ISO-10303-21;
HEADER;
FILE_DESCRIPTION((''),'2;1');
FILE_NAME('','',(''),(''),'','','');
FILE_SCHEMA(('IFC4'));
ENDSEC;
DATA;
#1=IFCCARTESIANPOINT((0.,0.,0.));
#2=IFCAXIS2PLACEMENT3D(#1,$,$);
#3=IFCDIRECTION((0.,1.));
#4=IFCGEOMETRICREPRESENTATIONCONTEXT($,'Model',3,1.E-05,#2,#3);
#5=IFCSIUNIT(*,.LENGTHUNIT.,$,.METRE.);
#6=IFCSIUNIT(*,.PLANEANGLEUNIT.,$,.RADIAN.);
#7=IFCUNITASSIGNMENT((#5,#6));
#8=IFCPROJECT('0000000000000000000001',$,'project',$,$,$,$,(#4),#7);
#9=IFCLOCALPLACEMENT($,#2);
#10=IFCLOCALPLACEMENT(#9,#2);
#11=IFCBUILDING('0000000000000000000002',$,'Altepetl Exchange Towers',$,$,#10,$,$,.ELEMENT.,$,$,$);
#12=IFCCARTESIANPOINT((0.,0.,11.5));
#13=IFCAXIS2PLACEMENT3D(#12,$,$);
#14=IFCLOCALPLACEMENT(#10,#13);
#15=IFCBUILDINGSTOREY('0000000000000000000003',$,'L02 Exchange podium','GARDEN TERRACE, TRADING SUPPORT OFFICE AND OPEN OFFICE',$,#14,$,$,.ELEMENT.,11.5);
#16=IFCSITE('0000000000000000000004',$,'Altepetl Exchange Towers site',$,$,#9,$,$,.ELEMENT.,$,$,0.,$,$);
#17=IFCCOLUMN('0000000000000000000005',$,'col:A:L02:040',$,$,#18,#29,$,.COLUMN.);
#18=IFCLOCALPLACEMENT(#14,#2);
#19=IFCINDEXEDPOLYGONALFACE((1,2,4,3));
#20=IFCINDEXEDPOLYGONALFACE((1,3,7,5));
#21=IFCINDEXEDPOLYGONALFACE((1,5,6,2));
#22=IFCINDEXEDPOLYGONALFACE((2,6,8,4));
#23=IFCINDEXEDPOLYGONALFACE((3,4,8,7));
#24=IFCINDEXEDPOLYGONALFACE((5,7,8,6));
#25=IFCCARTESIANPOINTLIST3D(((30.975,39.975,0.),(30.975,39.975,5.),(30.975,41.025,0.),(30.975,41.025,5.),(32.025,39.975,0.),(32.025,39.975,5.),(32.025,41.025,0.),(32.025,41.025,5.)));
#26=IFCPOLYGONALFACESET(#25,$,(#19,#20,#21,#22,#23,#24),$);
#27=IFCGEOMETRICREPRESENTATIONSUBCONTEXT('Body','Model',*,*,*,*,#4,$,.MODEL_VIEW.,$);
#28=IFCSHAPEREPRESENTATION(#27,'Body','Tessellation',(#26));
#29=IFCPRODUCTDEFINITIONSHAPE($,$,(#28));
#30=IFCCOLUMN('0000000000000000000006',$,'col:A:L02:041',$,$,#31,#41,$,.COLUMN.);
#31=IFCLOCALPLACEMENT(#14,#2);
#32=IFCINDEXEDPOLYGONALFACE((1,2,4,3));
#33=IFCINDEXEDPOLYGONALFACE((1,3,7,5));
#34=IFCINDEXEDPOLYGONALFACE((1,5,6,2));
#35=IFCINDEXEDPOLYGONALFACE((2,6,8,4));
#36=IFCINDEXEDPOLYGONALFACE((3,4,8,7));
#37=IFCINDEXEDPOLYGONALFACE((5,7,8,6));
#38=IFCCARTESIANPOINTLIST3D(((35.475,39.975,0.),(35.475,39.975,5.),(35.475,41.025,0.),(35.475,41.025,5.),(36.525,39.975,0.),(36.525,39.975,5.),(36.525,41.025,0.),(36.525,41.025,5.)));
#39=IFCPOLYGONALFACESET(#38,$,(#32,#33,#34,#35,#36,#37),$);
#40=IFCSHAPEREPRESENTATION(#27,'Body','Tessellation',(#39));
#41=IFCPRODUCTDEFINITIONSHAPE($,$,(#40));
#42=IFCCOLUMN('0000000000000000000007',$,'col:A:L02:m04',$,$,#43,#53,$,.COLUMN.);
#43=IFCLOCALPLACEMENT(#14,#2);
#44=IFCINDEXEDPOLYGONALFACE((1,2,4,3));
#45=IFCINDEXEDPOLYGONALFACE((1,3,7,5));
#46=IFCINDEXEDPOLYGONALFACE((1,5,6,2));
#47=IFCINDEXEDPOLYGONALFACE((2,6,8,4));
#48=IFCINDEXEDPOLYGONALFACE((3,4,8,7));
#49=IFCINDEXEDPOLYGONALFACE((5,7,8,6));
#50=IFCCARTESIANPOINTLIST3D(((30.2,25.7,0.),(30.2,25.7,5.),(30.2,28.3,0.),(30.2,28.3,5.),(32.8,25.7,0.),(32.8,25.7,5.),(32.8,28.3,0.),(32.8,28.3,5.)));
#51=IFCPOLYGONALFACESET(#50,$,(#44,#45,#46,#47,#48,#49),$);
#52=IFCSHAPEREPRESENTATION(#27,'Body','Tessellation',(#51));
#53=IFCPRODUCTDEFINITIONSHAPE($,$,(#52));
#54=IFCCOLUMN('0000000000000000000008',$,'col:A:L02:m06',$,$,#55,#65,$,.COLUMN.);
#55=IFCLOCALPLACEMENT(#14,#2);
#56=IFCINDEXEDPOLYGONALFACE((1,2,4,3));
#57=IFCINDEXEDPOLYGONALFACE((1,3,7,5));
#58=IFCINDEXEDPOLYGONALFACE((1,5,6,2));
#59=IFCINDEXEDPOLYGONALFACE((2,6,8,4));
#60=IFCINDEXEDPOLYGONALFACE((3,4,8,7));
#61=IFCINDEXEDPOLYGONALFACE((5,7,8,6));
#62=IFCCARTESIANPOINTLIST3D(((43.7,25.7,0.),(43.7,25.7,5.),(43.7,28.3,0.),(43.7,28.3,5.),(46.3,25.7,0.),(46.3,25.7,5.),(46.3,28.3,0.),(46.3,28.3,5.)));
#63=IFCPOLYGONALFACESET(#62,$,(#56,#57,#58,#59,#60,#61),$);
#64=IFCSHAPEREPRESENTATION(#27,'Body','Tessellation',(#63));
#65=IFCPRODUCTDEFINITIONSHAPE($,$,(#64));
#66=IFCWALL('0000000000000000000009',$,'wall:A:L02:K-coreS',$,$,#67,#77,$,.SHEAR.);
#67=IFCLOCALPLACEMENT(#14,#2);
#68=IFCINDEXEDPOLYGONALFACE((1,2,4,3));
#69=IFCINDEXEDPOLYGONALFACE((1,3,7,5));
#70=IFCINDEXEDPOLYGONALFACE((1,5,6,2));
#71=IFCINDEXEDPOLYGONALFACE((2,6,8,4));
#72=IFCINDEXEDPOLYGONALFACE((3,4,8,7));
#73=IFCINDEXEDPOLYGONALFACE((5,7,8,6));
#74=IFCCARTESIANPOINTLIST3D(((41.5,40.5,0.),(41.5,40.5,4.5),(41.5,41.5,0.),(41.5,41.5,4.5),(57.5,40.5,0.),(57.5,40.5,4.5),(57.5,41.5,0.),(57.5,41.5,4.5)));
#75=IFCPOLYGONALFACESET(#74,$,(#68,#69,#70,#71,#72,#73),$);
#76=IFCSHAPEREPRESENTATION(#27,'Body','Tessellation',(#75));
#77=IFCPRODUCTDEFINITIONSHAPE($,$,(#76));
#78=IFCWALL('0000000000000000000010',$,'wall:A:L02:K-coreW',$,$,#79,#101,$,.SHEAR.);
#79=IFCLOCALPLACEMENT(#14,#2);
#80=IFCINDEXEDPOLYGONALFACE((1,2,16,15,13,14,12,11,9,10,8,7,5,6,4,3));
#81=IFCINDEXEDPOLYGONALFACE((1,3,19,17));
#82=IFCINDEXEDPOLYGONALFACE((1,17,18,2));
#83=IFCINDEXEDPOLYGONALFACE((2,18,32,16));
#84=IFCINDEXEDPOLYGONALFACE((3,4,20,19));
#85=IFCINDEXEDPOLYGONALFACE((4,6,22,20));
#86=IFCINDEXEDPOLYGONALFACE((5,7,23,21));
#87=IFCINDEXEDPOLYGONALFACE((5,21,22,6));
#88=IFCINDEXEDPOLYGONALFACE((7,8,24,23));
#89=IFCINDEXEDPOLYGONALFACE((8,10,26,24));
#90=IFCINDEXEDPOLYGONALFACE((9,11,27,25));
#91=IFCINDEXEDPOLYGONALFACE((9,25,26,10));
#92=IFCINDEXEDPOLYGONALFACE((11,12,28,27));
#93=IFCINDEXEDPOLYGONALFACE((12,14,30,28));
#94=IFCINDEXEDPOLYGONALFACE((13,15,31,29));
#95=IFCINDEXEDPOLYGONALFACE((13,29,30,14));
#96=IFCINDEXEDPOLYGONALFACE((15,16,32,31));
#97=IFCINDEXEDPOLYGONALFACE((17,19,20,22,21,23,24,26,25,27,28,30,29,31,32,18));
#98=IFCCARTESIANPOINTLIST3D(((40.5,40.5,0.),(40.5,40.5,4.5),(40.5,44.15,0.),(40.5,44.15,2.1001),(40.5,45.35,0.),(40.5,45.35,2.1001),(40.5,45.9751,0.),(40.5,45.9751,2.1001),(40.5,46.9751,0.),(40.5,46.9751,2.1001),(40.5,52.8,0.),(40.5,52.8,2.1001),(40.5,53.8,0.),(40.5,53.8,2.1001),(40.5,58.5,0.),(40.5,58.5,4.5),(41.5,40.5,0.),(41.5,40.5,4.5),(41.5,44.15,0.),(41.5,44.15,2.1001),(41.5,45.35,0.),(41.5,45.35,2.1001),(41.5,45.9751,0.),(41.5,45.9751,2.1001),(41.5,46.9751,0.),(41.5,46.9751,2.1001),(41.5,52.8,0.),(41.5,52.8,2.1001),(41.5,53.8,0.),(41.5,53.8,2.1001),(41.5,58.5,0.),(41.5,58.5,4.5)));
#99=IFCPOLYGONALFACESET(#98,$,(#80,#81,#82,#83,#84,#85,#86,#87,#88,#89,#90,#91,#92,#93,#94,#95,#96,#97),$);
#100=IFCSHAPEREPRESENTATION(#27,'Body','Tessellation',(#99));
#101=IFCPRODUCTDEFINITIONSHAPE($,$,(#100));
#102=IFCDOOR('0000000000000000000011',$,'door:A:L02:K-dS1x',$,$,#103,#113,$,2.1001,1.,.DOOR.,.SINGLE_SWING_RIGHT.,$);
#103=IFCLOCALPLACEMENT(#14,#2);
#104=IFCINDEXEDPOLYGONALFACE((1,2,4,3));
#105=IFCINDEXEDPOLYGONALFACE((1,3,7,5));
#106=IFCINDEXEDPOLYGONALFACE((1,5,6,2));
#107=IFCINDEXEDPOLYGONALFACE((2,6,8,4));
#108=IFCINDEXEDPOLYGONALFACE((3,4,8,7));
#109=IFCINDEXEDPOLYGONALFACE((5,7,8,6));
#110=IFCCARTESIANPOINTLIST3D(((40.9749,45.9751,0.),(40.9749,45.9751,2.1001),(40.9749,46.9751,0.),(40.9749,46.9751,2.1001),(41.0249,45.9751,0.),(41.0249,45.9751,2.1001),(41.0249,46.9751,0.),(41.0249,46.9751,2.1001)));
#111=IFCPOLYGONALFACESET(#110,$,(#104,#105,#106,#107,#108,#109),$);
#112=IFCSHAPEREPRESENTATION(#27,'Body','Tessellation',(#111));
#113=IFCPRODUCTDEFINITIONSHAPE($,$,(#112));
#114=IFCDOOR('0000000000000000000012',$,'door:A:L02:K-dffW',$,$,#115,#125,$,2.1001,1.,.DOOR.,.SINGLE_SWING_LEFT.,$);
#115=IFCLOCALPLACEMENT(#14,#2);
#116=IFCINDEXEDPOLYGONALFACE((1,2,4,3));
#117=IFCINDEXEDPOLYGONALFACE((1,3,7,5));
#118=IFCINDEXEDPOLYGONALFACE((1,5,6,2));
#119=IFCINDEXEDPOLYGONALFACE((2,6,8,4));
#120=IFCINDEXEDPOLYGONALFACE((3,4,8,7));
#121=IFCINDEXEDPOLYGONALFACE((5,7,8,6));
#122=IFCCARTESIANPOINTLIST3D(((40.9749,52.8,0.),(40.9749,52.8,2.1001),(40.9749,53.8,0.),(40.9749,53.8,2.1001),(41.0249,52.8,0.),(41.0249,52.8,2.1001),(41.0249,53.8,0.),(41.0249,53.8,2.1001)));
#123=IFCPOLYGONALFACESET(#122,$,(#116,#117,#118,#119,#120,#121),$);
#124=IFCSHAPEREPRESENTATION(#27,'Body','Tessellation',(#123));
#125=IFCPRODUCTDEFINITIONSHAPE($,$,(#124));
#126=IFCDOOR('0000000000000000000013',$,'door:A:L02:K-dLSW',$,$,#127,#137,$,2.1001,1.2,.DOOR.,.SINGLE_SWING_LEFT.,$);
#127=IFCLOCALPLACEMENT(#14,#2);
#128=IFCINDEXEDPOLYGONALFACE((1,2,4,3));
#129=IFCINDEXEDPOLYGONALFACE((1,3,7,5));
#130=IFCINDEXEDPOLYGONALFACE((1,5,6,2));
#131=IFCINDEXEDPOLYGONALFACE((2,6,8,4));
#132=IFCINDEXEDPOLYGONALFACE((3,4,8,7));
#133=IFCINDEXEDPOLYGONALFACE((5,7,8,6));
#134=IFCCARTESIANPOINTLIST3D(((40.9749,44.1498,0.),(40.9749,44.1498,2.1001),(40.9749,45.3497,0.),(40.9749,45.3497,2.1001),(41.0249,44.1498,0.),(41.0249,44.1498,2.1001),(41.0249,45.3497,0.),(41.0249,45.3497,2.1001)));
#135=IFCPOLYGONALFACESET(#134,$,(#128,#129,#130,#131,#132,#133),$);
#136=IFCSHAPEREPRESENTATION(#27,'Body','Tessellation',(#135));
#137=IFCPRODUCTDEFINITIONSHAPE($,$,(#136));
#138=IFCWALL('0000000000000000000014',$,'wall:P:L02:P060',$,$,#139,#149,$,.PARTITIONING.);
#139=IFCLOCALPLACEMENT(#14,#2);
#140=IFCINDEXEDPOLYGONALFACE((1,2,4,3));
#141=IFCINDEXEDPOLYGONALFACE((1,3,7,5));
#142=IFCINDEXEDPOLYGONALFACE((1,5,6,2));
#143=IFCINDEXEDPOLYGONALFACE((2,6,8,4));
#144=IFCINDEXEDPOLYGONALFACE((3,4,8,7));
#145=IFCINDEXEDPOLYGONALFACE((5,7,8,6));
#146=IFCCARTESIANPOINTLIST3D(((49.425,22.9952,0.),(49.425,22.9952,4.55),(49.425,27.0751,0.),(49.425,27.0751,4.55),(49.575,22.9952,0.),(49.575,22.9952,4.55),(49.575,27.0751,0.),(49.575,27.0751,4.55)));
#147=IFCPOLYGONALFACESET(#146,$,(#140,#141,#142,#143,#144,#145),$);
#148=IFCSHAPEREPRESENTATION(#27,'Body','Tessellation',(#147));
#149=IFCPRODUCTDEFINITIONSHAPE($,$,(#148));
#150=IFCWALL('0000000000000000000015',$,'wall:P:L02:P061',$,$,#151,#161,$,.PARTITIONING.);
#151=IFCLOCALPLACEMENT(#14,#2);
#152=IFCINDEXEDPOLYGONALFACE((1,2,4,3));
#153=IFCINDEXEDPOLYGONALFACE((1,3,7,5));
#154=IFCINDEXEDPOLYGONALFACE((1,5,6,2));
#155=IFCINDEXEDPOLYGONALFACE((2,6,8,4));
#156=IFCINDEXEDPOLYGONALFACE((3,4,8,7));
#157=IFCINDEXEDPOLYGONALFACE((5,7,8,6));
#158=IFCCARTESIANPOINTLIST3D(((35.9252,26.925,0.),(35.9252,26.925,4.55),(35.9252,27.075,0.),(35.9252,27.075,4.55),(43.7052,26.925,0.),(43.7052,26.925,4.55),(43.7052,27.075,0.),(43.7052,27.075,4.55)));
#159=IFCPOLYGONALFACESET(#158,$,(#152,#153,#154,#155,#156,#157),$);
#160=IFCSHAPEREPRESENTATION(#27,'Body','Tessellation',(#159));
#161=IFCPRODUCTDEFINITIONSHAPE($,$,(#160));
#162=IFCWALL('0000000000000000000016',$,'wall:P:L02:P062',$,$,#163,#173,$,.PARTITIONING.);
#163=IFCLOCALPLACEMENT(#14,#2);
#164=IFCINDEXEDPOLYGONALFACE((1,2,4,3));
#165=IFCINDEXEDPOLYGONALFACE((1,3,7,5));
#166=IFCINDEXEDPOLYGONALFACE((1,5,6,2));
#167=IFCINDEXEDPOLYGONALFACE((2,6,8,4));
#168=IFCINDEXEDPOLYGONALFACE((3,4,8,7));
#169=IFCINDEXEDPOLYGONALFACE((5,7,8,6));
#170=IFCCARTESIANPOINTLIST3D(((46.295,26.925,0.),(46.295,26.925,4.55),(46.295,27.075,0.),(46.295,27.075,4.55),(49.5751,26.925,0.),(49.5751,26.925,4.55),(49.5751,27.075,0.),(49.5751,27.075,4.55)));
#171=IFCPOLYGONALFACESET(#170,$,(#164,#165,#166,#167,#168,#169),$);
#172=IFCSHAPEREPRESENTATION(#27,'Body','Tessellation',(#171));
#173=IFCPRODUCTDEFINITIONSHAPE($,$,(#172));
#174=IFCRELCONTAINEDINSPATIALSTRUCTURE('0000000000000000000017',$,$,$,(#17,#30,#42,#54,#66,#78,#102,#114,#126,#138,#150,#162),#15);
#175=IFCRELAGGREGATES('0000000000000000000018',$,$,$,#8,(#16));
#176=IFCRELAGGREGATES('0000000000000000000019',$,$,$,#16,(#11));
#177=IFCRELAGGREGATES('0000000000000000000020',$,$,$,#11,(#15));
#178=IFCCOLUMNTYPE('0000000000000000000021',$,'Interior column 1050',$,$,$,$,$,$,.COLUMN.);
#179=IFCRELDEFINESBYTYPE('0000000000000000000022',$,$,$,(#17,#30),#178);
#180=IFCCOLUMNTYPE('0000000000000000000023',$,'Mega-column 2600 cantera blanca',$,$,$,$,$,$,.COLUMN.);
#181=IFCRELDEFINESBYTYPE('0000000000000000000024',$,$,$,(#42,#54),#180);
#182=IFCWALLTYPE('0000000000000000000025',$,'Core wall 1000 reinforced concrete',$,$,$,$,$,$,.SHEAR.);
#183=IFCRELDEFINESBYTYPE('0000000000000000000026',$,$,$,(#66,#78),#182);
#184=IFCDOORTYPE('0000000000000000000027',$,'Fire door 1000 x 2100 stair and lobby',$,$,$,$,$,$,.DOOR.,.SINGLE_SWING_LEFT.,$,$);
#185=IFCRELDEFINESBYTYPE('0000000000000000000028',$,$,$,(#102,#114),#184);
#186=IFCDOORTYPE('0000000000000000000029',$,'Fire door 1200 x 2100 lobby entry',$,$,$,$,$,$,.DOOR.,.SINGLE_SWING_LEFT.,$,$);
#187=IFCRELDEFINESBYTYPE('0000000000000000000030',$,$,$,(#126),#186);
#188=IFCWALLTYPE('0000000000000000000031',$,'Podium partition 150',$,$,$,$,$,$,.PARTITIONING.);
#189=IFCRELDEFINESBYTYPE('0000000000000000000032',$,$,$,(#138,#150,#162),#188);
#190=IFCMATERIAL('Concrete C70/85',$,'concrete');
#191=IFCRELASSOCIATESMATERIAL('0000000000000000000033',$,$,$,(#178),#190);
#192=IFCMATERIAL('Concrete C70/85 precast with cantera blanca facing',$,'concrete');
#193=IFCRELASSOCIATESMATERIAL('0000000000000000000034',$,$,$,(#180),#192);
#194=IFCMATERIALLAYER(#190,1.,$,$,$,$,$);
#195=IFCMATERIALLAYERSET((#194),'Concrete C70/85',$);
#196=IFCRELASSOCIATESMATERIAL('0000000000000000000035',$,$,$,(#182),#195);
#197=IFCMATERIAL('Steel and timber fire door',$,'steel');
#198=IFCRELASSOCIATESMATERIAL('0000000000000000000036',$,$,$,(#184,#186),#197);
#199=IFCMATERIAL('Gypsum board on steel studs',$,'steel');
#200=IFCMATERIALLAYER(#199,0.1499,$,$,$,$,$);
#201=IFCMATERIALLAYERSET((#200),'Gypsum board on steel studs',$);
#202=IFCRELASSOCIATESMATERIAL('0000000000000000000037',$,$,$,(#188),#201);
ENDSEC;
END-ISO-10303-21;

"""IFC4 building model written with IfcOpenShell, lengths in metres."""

from ifc_helpers import new_model, si_unit, direction, frame, frame_2d, origin, origin_2d, place, context, subcontext, project, spatial, rectangle, extrude, material, layer, layer_set, material_profile, profile_set, type_object, element, fill, save


model = new_model("IFC4")

# Units and contexts
model_context = context("Model", 3, precision=1e-05, world=origin(), true_north=direction((0.0, 1.0)))
body_context = subcontext(model_context, "Body", "Model", "MODEL_VIEW")
ifc_project = project(units=[si_unit("LENGTHUNIT", "METRE"), si_unit("PLANEANGLEUNIT", "RADIAN")], contexts=[model_context])

# Site, building, storey
site_placement = place(None, origin())
site = spatial("IfcSite", under=ifc_project, at=site_placement, Name="Altepetl Exchange Towers site", CompositionType="ELEMENT", RefElevation=0.0)
building_placement = place(site_placement, origin())
building = spatial("IfcBuilding", under=site, at=building_placement, Name="Altepetl Exchange Towers", CompositionType="ELEMENT")
storey_placement = place(building_placement, frame((0.0, 0.0, 11.5)))
storey = spatial("IfcBuildingStorey", under=building, at=storey_placement, Name="L02 Exchange podium", Description="GARDEN TERRACE, TRADING SUPPORT OFFICE AND OPEN OFFICE", CompositionType="ELEMENT", Elevation=11.5)

# Columns
ifc_material_1 = material(Name="Concrete C70/85", Category="concrete")
ifc_material_profile_1 = material_profile(ifc_material_1, rectangle(XDim=1.05, YDim=1.05, at=origin_2d()), Name="1050 x 1050")
ifc_profile_set_1 = profile_set([ifc_material_profile_1], Name="Concrete C70/85")
column_type_1 = type_object("IfcColumnType", Name="Interior column 1050", PredefinedType="COLUMN", material=ifc_profile_set_1)
for number, where, name in (
    (1, (31.5, 40.5, 0.0), "col:A:L02:040"),
    (2, (36.0, 40.5, 0.0), "col:A:L02:041"),
):
    element("IfcColumn", number, at=place(storey_placement, frame(where)), inside=storey, type_object=column_type_1, Name=name, PredefinedType="COLUMN", context=body_context, shape_type="SweptSolid", body=[
        extrude(rectangle(XDim=1.05, YDim=1.05, at=origin_2d()), origin(), (0.0, 0.0, 1.0), 5.0),
    ])
ifc_material_2 = material(Name="Concrete C70/85 precast with cantera blanca facing", Category="concrete")
ifc_material_profile_2 = material_profile(ifc_material_2, rectangle(XDim=2.6001, YDim=2.6001, at=origin_2d()), Name="2600 x 2600")
ifc_profile_set_2 = profile_set([ifc_material_profile_2], Name="Concrete C70/85 precast with cantera blanca facing")
column_type_2 = type_object("IfcColumnType", Name="Mega-column 2600 cantera blanca", PredefinedType="COLUMN", material=ifc_profile_set_2)
for number, where, name in (
    (3, (31.5, 27.0, 0.0), "col:A:L02:m04"),
    (4, (45.0, 27.0, 0.0), "col:A:L02:m06"),
):
    element("IfcColumn", number, at=place(storey_placement, frame(where)), inside=storey, type_object=column_type_2, Name=name, PredefinedType="COLUMN", context=body_context, shape_type="SweptSolid", body=[
        extrude(rectangle(XDim=2.6001, YDim=2.6001, at=origin_2d()), origin(), (0.0, 0.0, 1.0), 5.0),
    ])

# Wall
ifc_layer_1 = layer(ifc_material_1, 1.0)
ifc_layer_set_1 = layer_set([ifc_layer_1], Name="Concrete C70/85")
wall_type_1 = type_object("IfcWallType", Name="Core wall 1000 reinforced concrete", PredefinedType="SHEAR", material=ifc_layer_set_1)
wall_1_placement = place(storey_placement, frame((41.5, 41.0, 0.0)))
element("IfcWall", 5, at=wall_1_placement, inside=storey, type_object=wall_type_1, Name="wall:A:L02:K-coreS", PredefinedType="SHEAR", context=body_context, shape_type="SweptSolid", body=[
    extrude(rectangle(XDim=16.0, YDim=1.0, at=frame_2d((8.0, 0.0))), origin(), (0.0, 0.0, 1.0), 4.5),
])

# Wall, openings, doors
wall_2_placement = place(storey_placement, frame((41.0, 40.5, 0.0), z_axis=(0.0, 0.0, 1.0), x_axis=(0.0, 1.0, 0.0)))
wall_2 = element("IfcWall", 6, at=wall_2_placement, inside=storey, type_object=wall_type_1, Name="wall:A:L02:K-coreW", PredefinedType="SHEAR", context=body_context, shape_type="SweptSolid", body=[
    extrude(rectangle(XDim=18.0, YDim=1.0, at=frame_2d((9.0, 0.0))), origin(), (0.0, 0.0, 1.0), 4.5),
])
opening_1_placement = place(wall_2_placement, frame((3.6499, 0.0, 0.0)))
opening_1 = element("IfcOpeningElement", 7, at=opening_1_placement, cuts=wall_2, PredefinedType="OPENING", context=body_context, shape_type="SweptSolid", body=[
    extrude(rectangle(XDim=1.2, YDim=2.1001, at=frame_2d((0.6001, 1.05))), frame((0.0, 0.51, 0.0), z_axis=(0.0, -1.0, 0.0), x_axis=(1.0, 0.0, 0.0)), (0.0, 0.0, 1.0), 1.02),
])
opening_2_placement = place(wall_2_placement, frame((5.4751, 0.0, 0.0)))
opening_2 = element("IfcOpeningElement", 8, at=opening_2_placement, cuts=wall_2, PredefinedType="OPENING", context=body_context, shape_type="SweptSolid", body=[
    extrude(rectangle(XDim=1.0, YDim=2.1001, at=frame_2d((0.5, 1.05))), frame((0.0, 0.51, 0.0), z_axis=(0.0, -1.0, 0.0), x_axis=(1.0, 0.0, 0.0)), (0.0, 0.0, 1.0), 1.02),
])
opening_3_placement = place(wall_2_placement, frame((12.3, 0.0, 0.0)))
opening_3 = element("IfcOpeningElement", 9, at=opening_3_placement, cuts=wall_2, PredefinedType="OPENING", context=body_context, shape_type="SweptSolid", body=[
    extrude(rectangle(XDim=1.0, YDim=2.1001, at=frame_2d((0.5, 1.05))), frame((0.0, 0.51, 0.0), z_axis=(0.0, -1.0, 0.0), x_axis=(1.0, 0.0, 0.0)), (0.0, 0.0, 1.0), 1.02),
])
ifc_material_3 = material(Name="Steel and timber fire door", Category="steel")
door_type_1 = type_object("IfcDoorType", Name="Fire door 1000 x 2100 stair and lobby", OperationType="SINGLE_SWING_LEFT", PredefinedType="DOOR", material=ifc_material_3)
door_1_placement = place(opening_2_placement, frame((1.0, 0.0, 0.0), x_axis=(-1.0, 0.0, 0.0)))
door_1 = element("IfcDoor", 10, at=door_1_placement, inside=storey, type_object=door_type_1, Name="door:A:L02:K-dS1x", OperationType="SINGLE_SWING_RIGHT", OverallHeight=2.1001, OverallWidth=1.0, PredefinedType="DOOR", context=body_context, shape_type="SweptSolid", body=[
    extrude(rectangle(XDim=1.0, YDim=2.1001, at=frame_2d((0.5, 1.05))), frame((0.0, 0.0249, 0.0), z_axis=(0.0, -1.0, 0.0), x_axis=(1.0, 0.0, 0.0)), (0.0, 0.0, 1.0), 0.05),
])
fill(opening_2, door_1)
door_2_placement = place(opening_3_placement, frame((1.0, 0.0, 0.0), x_axis=(-1.0, 0.0, 0.0)))
door_2 = element("IfcDoor", 11, at=door_2_placement, inside=storey, type_object=door_type_1, Name="door:A:L02:K-dffW", OperationType="SINGLE_SWING_LEFT", OverallHeight=2.1001, OverallWidth=1.0, PredefinedType="DOOR", context=body_context, shape_type="SweptSolid", body=[
    extrude(rectangle(XDim=1.0, YDim=2.1001, at=frame_2d((0.5, 1.05))), frame((0.0, 0.0249, 0.0), z_axis=(0.0, -1.0, 0.0), x_axis=(1.0, 0.0, 0.0)), (0.0, 0.0, 1.0), 0.05),
])
fill(opening_3, door_2)
door_type_2 = type_object("IfcDoorType", Name="Fire door 1200 x 2100 lobby entry", OperationType="SINGLE_SWING_LEFT", PredefinedType="DOOR", material=ifc_material_3)
door_3_placement = place(opening_1_placement, frame((1.2, 0.0, 0.0), x_axis=(-1.0, 0.0, 0.0)))
door_3 = element("IfcDoor", 12, at=door_3_placement, inside=storey, type_object=door_type_2, Name="door:A:L02:K-dLSW", OperationType="SINGLE_SWING_LEFT", OverallHeight=2.1001, OverallWidth=1.2, PredefinedType="DOOR", context=body_context, shape_type="SweptSolid", body=[
    extrude(rectangle(XDim=1.2, YDim=2.1001, at=frame_2d((0.6001, 1.05))), frame((0.0, 0.0249, 0.0), z_axis=(0.0, -1.0, 0.0), x_axis=(1.0, 0.0, 0.0)), (0.0, 0.0, 1.0), 0.05),
])
fill(opening_1, door_3)

# Walls
ifc_material_4 = material(Name="Gypsum board on steel studs", Category="steel")
ifc_layer_2 = layer(ifc_material_4, 0.1499)
ifc_layer_set_2 = layer_set([ifc_layer_2], Name="Gypsum board on steel studs")
wall_type_2 = type_object("IfcWallType", Name="Podium partition 150", PredefinedType="PARTITIONING", material=ifc_layer_set_2)
wall_3_placement = place(storey_placement, frame((49.5, 22.9951, 0.0), z_axis=(0.0, 0.0, 1.0), x_axis=(0.0, 1.0, 0.0)))
element("IfcWall", 13, at=wall_3_placement, inside=storey, type_object=wall_type_2, Name="wall:P:L02:P060", PredefinedType="PARTITIONING", context=body_context, shape_type="SweptSolid", body=[
    extrude(rectangle(XDim=4.0798, YDim=0.1499, at=frame_2d((2.04, 0.0))), origin(), (0.0, 0.0, 1.0), 4.55),
])
wall_4_placement = place(storey_placement, frame((35.925, 27.0, 0.0)))
element("IfcWall", 14, at=wall_4_placement, inside=storey, type_object=wall_type_2, Name="wall:P:L02:P061", PredefinedType="PARTITIONING", context=body_context, shape_type="SweptSolid", body=[
    extrude(rectangle(XDim=7.78, YDim=0.1499, at=frame_2d((3.8901, 0.0))), origin(), (0.0, 0.0, 1.0), 4.55),
])
wall_5_placement = place(storey_placement, frame((46.2949, 27.0, 0.0)))
element("IfcWall", 15, at=wall_5_placement, inside=storey, type_object=wall_type_2, Name="wall:P:L02:P062", PredefinedType="PARTITIONING", context=body_context, shape_type="SweptSolid", body=[
    extrude(rectangle(XDim=3.28, YDim=0.1499, at=frame_2d((1.6401, 0.0))), origin(), (0.0, 0.0, 1.0), 4.55),
])

save(model, "model.ifc")
